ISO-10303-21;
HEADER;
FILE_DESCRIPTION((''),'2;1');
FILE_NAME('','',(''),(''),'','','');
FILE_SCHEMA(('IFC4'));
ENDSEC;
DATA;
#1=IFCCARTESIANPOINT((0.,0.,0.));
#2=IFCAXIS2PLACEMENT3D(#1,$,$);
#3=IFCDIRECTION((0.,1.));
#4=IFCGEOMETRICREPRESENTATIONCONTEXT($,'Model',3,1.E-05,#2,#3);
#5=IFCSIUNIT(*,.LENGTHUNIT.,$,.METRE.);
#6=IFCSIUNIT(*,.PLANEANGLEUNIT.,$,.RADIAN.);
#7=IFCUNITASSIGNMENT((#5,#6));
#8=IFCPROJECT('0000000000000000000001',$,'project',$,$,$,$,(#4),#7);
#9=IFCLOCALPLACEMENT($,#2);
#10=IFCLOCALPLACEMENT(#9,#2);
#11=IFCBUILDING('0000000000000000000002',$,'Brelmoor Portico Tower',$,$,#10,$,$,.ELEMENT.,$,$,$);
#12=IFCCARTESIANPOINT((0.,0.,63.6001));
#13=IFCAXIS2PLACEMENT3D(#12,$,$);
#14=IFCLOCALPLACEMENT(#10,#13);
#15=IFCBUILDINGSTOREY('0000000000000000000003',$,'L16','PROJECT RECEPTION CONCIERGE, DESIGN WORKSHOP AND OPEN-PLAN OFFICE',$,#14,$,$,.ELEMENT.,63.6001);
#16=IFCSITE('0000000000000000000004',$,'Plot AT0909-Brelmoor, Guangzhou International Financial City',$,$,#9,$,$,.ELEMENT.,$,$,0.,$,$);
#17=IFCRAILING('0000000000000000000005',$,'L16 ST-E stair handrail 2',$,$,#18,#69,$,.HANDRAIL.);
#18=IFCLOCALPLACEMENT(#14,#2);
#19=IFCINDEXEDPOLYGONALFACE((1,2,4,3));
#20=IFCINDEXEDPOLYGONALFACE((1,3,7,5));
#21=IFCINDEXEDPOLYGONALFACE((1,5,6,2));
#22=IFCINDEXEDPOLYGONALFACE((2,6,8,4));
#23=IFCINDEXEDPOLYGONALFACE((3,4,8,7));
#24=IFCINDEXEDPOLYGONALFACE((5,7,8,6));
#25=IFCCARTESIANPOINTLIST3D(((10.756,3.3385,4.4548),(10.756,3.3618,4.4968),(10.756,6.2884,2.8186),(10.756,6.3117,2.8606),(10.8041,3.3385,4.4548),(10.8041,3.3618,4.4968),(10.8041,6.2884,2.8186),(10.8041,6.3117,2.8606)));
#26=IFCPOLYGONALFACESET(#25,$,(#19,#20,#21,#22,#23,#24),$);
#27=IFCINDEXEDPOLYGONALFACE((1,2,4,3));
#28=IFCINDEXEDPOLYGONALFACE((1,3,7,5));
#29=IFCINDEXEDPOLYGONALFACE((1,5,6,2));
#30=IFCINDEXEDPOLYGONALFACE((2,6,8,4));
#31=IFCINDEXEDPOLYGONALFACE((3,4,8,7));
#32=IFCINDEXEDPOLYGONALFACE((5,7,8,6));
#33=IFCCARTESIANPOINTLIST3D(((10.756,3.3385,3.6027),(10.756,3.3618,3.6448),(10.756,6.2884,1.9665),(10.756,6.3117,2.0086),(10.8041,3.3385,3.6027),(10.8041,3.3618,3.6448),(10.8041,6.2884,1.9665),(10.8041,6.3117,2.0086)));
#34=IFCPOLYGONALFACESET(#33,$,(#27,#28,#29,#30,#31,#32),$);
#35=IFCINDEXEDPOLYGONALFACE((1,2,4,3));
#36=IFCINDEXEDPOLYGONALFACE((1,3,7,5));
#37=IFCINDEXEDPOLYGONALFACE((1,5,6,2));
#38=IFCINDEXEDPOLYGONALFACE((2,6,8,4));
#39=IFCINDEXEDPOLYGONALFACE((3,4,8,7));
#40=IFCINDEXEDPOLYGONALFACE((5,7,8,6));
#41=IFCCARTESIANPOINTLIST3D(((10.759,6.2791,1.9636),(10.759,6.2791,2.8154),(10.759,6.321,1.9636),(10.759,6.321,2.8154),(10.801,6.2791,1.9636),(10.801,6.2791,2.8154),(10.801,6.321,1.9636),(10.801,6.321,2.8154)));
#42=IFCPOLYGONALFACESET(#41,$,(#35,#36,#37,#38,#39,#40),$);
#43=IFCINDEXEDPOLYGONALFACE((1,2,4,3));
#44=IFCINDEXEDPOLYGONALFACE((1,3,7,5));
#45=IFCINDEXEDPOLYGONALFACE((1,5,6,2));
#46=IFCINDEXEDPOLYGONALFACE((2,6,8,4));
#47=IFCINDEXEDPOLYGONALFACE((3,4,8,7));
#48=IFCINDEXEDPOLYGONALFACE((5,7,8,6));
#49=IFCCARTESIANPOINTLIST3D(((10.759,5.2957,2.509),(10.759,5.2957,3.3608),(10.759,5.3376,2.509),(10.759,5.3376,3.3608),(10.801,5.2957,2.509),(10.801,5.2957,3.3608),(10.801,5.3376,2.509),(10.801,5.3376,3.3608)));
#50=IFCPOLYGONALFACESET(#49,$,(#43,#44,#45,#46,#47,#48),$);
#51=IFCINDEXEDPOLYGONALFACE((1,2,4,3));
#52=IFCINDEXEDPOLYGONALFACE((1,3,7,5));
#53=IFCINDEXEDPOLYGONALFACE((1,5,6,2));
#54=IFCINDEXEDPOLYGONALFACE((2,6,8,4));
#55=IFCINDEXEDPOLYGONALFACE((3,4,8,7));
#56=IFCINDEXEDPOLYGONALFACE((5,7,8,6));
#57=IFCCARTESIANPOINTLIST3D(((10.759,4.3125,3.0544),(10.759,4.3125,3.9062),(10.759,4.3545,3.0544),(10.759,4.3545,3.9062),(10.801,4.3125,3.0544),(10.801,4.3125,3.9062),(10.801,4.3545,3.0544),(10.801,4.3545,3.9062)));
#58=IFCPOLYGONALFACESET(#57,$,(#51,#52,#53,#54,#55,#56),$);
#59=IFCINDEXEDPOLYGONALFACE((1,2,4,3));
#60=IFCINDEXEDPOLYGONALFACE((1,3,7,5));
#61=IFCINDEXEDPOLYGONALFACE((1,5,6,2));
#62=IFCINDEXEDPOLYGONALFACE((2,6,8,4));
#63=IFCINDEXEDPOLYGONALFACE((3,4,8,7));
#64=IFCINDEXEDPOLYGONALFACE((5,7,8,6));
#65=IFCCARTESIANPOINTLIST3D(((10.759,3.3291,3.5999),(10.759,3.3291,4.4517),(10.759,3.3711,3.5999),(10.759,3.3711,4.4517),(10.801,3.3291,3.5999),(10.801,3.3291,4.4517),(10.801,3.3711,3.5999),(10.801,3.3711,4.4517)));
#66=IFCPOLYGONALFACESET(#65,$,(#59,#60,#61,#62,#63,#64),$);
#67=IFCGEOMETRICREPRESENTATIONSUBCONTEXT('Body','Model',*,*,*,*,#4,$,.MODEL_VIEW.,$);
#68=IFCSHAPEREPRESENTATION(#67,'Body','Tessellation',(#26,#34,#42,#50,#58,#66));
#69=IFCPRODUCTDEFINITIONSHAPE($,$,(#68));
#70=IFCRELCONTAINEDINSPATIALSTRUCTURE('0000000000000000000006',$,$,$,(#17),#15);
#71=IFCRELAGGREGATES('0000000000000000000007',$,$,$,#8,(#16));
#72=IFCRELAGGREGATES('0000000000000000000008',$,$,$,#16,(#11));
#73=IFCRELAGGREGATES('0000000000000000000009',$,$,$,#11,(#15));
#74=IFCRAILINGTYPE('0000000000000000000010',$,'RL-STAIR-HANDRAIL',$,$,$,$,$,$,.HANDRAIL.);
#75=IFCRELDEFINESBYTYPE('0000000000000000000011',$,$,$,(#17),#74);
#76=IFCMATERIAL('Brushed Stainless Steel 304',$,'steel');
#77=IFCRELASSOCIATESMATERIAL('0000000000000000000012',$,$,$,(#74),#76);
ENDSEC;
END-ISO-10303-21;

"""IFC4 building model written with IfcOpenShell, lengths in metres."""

from ifc_helpers import new_model, si_unit, direction, frame, origin, origin_2d, place, context, subcontext, project, spatial, rectangle, extrude, material, type_object, element, save


model = new_model("IFC4")

# Units and contexts
model_context = context("Model", 3, precision=1e-05, world=origin(), true_north=direction((0.0, 1.0)))
body_context = subcontext(model_context, "Body", "Model", "MODEL_VIEW")
ifc_project = project(units=[si_unit("LENGTHUNIT", "METRE"), si_unit("PLANEANGLEUNIT", "RADIAN")], contexts=[model_context])

# Site, building, storey
site_placement = place(None, origin())
site = spatial("IfcSite", under=ifc_project, at=site_placement, Name="Plot AT0909-Brelmoor, Guangzhou International Financial City", CompositionType="ELEMENT", RefElevation=0.0)
building_placement = place(site_placement, origin())
building = spatial("IfcBuilding", under=site, at=building_placement, Name="Brelmoor Portico Tower", CompositionType="ELEMENT")
storey_placement = place(building_placement, frame((0.0, 0.0, 63.6001)))
storey = spatial("IfcBuildingStorey", under=building, at=storey_placement, Name="L16", Description="PROJECT RECEPTION CONCIERGE, DESIGN WORKSHOP AND OPEN-PLAN OFFICE", CompositionType="ELEMENT", Elevation=63.6001)

# Railing
ifc_material_1 = material(Name="Brushed Stainless Steel 304", Category="steel")
railing_type = type_object("IfcRailingType", Name="RL-STAIR-HANDRAIL", PredefinedType="HANDRAIL", material=ifc_material_1)
railing_placement = place(storey_placement, frame((10.78, 6.3, 1.9636)))
element("IfcRailing", 1, at=railing_placement, inside=storey, type_object=railing_type, Name="L16 ST-E stair handrail 2", PredefinedType="HANDRAIL", context=body_context, shape_type="SweptSolid", body=[
    extrude(rectangle(XDim=0.0481, YDim=0.0481, at=origin_2d()), frame((0.0, 0.0, 0.876), z_axis=(0.0, -0.874488, 0.485047), x_axis=(1.0, 0.0, 0.0)), (0.0, 0.0, 1.0), 3.3733),
    extrude(rectangle(XDim=0.0481, YDim=0.0481, at=origin_2d()), frame((0.0, 0.0, 0.0239), z_axis=(0.0, -0.874488, 0.485047), x_axis=(1.0, 0.0, 0.0)), (0.0, 0.0, 1.0), 3.3733),
    extrude(rectangle(XDim=0.042, YDim=0.042, at=origin_2d()), origin(), (0.0, 0.0, 1.0), 0.8518),
    extrude(rectangle(XDim=0.042, YDim=0.042, at=origin_2d()), frame((0.0, -0.9834, 0.5454)), (0.0, 0.0, 1.0), 0.8518),
    extrude(rectangle(XDim=0.042, YDim=0.042, at=origin_2d()), frame((0.0, -1.9666, 1.0908)), (0.0, 0.0, 1.0), 0.8518),
    extrude(rectangle(XDim=0.042, YDim=0.042, at=origin_2d()), frame((0.0, -2.95, 1.6362)), (0.0, 0.0, 1.0), 0.8518),
])

save(model, "model.ifc")
